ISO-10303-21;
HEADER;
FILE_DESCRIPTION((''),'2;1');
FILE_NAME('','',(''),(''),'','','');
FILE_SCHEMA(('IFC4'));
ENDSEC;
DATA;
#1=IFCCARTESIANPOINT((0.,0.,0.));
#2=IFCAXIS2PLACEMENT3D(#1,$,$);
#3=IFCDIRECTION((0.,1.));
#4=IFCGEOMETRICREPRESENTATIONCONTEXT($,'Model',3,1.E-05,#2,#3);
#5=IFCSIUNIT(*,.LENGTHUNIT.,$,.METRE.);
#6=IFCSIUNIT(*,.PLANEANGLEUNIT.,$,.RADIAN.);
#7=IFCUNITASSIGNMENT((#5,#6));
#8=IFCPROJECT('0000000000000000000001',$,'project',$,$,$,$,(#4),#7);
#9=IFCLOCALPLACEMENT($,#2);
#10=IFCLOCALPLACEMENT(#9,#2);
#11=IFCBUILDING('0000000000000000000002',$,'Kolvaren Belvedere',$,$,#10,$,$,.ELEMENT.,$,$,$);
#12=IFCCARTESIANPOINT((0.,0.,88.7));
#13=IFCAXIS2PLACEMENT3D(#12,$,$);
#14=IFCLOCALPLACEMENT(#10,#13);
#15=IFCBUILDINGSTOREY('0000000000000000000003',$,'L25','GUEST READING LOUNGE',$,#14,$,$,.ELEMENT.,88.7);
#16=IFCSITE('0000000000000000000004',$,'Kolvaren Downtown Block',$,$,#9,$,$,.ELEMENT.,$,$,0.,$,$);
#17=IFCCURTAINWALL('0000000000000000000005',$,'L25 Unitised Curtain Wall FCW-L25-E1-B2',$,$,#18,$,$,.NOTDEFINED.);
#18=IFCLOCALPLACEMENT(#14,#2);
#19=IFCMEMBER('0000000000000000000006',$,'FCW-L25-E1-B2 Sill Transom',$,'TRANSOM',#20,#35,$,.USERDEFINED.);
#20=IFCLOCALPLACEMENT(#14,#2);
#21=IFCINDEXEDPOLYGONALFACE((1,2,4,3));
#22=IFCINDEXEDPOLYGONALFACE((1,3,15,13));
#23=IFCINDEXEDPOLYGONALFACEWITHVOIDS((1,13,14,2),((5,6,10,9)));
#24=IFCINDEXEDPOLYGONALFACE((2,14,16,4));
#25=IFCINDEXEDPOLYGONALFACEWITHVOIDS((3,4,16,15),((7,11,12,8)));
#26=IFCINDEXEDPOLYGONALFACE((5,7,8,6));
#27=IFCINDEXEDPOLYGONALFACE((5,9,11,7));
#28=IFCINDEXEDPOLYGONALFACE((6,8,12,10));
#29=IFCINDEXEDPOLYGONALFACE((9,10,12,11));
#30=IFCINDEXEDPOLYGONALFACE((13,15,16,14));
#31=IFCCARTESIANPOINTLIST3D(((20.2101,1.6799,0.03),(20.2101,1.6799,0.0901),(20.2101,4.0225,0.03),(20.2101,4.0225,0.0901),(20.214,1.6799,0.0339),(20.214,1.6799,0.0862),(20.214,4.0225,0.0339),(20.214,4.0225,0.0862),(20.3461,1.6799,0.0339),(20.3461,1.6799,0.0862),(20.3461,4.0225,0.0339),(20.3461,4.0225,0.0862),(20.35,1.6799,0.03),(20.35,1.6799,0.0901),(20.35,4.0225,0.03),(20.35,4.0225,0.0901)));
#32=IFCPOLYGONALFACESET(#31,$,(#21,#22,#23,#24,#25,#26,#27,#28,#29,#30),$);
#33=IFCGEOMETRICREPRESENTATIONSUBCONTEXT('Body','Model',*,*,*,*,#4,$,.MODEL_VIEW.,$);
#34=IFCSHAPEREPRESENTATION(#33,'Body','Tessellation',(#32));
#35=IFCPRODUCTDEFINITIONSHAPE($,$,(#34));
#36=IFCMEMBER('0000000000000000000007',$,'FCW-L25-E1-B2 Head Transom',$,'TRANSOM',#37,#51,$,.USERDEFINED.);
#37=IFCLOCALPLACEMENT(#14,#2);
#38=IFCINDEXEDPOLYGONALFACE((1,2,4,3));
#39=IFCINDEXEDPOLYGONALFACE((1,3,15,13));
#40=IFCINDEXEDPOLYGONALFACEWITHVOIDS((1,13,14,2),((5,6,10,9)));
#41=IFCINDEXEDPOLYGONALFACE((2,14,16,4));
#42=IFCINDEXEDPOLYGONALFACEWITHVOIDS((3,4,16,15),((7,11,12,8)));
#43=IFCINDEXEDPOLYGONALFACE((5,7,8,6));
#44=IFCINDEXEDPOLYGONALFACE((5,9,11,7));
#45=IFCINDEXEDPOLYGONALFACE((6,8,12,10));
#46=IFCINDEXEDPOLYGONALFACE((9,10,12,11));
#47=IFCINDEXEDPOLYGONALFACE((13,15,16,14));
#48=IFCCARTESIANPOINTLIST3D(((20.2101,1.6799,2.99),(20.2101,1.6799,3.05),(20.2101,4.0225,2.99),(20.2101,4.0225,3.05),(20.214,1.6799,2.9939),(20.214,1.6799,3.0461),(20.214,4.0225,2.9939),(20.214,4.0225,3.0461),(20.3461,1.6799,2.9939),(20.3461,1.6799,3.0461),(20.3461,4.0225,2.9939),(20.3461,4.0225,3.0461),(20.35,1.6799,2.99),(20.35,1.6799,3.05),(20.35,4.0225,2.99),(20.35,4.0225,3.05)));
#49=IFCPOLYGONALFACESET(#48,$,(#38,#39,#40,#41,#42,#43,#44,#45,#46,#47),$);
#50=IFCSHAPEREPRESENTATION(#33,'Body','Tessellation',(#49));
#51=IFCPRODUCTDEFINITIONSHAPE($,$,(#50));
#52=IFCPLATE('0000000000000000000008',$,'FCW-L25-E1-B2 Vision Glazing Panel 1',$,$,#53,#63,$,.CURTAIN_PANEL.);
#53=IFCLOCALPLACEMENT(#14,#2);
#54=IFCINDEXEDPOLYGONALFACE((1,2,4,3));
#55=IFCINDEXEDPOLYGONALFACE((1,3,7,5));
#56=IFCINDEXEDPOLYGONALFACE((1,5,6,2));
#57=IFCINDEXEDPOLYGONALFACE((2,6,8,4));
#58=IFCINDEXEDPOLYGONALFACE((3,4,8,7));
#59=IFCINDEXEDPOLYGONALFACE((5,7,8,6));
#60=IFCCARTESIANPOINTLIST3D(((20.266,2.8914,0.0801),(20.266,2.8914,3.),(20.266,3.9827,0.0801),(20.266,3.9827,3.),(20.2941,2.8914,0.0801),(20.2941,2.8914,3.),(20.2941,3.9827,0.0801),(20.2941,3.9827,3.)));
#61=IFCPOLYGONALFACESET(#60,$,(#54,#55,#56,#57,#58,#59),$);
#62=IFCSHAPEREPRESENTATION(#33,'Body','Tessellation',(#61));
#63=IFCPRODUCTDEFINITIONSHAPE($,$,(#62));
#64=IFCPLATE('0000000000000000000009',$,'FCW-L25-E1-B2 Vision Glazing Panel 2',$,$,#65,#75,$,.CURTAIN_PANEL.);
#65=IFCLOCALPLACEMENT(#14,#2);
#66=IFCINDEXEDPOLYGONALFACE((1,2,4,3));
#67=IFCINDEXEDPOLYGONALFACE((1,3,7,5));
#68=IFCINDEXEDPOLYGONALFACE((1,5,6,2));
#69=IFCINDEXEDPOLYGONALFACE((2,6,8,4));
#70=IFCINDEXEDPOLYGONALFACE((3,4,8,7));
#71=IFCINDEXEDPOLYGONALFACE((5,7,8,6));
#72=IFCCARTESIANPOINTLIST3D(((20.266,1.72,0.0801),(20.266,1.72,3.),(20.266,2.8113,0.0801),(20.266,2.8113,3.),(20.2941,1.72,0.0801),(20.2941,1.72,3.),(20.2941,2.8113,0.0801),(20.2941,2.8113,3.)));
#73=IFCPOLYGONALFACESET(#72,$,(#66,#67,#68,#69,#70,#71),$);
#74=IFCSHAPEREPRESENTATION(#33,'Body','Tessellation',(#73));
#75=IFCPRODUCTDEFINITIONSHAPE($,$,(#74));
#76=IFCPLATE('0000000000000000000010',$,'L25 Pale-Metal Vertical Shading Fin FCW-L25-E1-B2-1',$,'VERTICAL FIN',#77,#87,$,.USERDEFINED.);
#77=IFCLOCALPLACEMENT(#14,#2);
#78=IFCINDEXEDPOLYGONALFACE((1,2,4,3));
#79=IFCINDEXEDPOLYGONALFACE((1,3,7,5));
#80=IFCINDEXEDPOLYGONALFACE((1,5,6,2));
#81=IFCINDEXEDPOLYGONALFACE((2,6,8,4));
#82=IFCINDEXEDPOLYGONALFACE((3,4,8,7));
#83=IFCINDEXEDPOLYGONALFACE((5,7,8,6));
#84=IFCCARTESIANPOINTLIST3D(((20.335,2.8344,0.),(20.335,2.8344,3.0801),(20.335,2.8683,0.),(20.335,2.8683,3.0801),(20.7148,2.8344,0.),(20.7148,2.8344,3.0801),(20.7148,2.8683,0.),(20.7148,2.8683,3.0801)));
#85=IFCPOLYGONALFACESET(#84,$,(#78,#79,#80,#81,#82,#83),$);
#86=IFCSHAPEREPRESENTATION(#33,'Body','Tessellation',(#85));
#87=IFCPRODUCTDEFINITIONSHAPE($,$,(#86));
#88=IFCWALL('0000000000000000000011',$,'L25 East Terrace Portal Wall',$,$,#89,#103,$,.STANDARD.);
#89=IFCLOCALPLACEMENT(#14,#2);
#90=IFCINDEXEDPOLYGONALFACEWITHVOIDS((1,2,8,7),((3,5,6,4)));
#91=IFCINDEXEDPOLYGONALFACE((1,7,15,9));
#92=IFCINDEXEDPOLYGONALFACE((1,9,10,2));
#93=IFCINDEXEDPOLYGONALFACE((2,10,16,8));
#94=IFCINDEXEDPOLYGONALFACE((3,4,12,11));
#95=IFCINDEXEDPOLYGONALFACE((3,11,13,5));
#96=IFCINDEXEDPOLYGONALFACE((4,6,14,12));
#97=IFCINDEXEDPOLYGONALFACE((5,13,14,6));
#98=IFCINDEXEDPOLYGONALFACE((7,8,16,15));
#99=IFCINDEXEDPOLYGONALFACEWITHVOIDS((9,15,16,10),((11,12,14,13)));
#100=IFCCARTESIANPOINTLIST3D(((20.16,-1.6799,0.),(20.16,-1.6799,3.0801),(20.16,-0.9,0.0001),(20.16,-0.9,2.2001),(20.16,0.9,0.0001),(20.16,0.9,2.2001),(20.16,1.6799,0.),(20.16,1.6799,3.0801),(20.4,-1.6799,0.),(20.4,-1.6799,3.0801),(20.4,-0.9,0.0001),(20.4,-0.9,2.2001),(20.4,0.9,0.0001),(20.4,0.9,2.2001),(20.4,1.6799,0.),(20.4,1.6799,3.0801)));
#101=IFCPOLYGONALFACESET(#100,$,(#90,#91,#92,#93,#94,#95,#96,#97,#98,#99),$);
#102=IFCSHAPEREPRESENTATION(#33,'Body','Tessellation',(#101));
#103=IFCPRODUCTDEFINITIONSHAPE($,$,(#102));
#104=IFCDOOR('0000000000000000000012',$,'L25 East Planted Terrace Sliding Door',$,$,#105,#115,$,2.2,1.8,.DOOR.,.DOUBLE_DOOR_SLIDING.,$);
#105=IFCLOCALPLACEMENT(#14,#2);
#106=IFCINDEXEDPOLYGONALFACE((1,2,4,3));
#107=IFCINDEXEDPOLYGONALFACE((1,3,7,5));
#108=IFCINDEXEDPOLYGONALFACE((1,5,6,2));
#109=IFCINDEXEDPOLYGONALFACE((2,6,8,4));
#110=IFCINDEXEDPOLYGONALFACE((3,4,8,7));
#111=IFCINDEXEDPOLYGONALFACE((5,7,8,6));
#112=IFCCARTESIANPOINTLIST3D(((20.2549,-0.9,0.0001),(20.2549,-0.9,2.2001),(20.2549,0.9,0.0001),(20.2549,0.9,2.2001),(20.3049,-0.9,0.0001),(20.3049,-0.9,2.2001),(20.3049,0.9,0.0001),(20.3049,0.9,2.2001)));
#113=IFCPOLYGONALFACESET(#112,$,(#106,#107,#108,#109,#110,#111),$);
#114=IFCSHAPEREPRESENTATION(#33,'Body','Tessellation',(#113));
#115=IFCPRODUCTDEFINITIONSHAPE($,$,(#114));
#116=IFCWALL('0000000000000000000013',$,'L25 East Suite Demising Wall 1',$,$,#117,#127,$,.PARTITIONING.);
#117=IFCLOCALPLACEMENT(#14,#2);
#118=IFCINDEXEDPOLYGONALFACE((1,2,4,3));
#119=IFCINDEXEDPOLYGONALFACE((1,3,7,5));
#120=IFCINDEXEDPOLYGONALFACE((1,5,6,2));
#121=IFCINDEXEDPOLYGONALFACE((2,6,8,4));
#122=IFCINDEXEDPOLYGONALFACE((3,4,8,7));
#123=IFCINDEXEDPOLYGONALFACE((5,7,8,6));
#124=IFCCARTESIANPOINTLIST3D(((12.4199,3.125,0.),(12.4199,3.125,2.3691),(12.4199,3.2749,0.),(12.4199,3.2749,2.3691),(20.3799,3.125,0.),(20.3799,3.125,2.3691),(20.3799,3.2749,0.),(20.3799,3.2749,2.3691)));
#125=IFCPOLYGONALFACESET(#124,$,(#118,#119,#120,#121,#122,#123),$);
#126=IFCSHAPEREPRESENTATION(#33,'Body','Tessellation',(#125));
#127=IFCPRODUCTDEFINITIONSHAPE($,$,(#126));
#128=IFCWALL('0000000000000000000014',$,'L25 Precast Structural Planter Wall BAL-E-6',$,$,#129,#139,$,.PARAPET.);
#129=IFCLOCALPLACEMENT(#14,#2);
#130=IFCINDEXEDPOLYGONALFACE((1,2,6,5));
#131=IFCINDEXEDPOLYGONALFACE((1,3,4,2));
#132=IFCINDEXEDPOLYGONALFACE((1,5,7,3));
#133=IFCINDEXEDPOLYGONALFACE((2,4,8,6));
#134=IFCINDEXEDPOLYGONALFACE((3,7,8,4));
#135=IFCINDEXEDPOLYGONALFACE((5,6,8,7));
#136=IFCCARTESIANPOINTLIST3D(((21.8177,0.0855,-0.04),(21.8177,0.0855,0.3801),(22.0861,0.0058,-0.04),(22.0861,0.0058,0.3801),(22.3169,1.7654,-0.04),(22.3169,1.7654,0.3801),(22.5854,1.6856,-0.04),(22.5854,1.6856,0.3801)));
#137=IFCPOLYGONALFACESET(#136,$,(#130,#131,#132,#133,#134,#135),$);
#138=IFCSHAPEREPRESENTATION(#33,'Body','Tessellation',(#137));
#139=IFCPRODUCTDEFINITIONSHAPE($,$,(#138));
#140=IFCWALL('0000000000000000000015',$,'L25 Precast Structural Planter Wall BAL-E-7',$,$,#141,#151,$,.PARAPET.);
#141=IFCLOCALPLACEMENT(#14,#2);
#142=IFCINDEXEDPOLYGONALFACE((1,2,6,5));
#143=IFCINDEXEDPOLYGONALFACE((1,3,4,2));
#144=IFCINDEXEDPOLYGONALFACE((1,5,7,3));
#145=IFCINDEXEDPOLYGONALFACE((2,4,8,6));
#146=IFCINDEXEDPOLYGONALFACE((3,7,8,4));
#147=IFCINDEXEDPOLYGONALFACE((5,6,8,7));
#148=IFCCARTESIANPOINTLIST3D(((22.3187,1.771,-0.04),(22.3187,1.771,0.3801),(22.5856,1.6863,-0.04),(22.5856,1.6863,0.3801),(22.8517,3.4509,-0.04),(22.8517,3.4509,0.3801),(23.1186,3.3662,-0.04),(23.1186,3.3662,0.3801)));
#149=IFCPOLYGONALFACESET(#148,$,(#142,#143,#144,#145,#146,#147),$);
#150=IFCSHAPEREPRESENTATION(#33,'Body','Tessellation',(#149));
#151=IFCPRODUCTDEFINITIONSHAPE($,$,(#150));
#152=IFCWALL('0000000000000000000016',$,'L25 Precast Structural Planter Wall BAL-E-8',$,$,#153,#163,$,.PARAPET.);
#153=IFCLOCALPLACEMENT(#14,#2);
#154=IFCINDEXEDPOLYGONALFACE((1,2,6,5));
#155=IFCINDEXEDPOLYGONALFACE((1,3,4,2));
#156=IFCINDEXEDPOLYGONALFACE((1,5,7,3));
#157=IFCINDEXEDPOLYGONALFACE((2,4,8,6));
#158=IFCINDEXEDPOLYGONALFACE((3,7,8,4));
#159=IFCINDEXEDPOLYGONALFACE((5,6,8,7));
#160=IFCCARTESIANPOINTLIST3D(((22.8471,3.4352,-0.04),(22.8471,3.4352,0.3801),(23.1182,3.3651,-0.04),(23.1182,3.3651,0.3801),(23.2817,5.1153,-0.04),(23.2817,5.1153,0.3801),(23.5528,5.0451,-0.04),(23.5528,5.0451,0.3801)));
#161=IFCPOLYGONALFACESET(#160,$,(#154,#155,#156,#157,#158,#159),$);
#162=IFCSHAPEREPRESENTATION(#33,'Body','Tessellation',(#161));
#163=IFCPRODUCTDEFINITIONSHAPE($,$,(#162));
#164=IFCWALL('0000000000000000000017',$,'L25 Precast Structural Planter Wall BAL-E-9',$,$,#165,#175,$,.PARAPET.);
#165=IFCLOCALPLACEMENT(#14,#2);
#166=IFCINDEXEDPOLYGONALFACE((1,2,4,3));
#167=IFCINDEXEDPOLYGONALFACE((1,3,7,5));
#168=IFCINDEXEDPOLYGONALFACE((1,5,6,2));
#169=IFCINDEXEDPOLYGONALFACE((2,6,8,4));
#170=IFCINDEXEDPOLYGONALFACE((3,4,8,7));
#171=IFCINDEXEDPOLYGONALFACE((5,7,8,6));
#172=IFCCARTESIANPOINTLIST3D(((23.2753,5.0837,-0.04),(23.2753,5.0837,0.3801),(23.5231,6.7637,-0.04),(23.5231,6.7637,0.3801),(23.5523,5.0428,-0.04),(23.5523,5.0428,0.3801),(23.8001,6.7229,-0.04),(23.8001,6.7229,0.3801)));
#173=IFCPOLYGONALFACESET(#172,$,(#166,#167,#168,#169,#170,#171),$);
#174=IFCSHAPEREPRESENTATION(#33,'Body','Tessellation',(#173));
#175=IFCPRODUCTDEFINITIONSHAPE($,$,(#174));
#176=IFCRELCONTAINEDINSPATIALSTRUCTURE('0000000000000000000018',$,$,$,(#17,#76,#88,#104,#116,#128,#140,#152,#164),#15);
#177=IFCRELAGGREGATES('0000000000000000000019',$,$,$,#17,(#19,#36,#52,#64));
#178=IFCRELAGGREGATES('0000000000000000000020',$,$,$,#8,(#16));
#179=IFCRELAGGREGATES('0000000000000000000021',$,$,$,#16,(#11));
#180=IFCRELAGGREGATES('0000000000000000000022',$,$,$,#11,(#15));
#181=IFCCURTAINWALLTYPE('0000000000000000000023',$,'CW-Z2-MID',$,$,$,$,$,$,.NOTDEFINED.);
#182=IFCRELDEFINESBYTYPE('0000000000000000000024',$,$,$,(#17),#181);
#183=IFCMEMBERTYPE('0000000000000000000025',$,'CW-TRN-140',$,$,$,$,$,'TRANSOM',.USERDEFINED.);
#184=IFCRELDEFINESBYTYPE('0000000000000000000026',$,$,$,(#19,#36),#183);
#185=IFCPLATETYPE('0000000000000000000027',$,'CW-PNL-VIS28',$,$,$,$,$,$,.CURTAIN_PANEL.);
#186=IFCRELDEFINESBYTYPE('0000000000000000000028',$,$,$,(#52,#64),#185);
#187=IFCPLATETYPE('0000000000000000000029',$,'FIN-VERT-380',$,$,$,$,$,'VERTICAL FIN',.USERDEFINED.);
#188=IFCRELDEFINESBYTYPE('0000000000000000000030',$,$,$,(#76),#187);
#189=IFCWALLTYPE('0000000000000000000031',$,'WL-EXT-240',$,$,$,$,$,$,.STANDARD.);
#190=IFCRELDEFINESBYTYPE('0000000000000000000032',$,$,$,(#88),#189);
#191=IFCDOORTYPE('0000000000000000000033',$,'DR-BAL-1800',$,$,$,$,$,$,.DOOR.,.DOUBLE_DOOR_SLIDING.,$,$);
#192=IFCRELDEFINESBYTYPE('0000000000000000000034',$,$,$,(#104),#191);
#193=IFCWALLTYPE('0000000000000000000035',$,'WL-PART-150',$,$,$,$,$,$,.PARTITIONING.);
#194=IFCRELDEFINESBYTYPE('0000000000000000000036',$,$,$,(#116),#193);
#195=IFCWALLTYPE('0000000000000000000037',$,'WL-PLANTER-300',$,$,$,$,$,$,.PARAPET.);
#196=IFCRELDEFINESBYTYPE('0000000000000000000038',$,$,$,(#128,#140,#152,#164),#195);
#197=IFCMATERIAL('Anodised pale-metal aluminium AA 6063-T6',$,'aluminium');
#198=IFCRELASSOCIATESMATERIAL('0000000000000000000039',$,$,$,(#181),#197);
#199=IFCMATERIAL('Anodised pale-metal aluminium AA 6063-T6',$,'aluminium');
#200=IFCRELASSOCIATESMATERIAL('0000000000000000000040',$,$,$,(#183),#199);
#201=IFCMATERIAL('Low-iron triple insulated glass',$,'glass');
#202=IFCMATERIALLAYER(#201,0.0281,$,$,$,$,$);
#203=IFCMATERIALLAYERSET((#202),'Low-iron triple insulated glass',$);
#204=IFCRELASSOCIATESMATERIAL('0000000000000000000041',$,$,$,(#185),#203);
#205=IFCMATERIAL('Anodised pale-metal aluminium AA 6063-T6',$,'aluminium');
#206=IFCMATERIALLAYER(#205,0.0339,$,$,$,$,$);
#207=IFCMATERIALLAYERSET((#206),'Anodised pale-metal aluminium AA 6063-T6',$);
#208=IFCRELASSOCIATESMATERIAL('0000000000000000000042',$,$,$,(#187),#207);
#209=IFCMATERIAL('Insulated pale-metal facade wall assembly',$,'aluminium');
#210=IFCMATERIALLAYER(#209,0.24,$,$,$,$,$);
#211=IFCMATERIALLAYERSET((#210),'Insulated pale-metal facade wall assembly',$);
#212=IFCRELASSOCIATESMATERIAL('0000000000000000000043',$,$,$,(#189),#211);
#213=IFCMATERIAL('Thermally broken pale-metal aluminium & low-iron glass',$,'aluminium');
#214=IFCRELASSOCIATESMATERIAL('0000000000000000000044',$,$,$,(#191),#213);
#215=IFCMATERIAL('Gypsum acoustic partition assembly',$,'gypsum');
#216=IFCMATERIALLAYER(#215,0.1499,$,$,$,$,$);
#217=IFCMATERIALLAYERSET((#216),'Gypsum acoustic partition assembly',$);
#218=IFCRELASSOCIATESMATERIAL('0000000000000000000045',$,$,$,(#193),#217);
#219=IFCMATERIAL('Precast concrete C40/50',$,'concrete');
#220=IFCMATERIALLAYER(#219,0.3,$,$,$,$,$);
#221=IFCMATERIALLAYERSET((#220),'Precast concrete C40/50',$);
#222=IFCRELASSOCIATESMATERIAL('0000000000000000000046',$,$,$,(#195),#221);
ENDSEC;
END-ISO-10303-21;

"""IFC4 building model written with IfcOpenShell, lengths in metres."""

from ifc_helpers import new_model, si_unit, direction, frame, frame_2d, origin, origin_2d, place, context, subcontext, project, spatial, rectangle, hollow_rectangle, extrude, material, layer, layer_set, material_profile, profile_set, type_object, element, fill, aggregate, save


model = new_model("IFC4")

# Units and contexts
model_context = context("Model", 3, precision=1e-05, world=origin(), true_north=direction((0.0, 1.0)))
body_context = subcontext(model_context, "Body", "Model", "MODEL_VIEW")
ifc_project = project(units=[si_unit("LENGTHUNIT", "METRE"), si_unit("PLANEANGLEUNIT", "RADIAN")], contexts=[model_context])

# Site, building, storey
site_placement = place(None, origin())
site = spatial("IfcSite", under=ifc_project, at=site_placement, Name="Kolvaren Downtown Block", CompositionType="ELEMENT", RefElevation=0.0)
building_placement = place(site_placement, origin())
building = spatial("IfcBuilding", under=site, at=building_placement, Name="Kolvaren Belvedere", CompositionType="ELEMENT")
storey_placement = place(building_placement, frame((0.0, 0.0, 88.7)))
storey = spatial("IfcBuildingStorey", under=building, at=storey_placement, Name="L25", Description="GUEST READING LOUNGE", CompositionType="ELEMENT", Elevation=88.7)

# Shared definitions
ifc_material_1 = material(Name="Anodised pale-metal aluminium AA 6063-T6", Category="aluminium")
curtain_wall_type = type_object("IfcCurtainWallType", Name="CW-Z2-MID", PredefinedType="NOTDEFINED", material=ifc_material_1)

# Curtain wall, members, plates
curtain_wall_1_placement = place(storey_placement, origin())
curtain_wall_1 = element("IfcCurtainWall", 1, at=curtain_wall_1_placement, inside=storey, type_object=curtain_wall_type, Name="L25 Unitised Curtain Wall FCW-L25-E1-B2", PredefinedType="NOTDEFINED")
ifc_material_2 = material(Name="Anodised pale-metal aluminium AA 6063-T6", Category="aluminium")
ifc_material_profile_1 = material_profile(ifc_material_2, hollow_rectangle(XDim=0.0601, YDim=0.1399, WallThickness=0.0039, at=origin_2d()), Name="ALU-TRN-140X60")
ifc_profile_set_1 = profile_set([ifc_material_profile_1], Name="Anodised pale-metal aluminium AA 6063-T6")
member_type_1 = type_object("IfcMemberType", Name="CW-TRN-140", ElementType="TRANSOM", PredefinedType="USERDEFINED", material=ifc_profile_set_1)
member_1_placement = place(storey_placement, frame((20.28, 4.0225, 0.0601), z_axis=(0.0, -1.0, 0.0), x_axis=(0.0, 0.0, 1.0)))
member_1 = element("IfcMember", 2, at=member_1_placement, type_object=member_type_1, Name="FCW-L25-E1-B2 Sill Transom", ObjectType="TRANSOM", PredefinedType="USERDEFINED", context=body_context, shape_type="SweptSolid", body=[
    extrude(hollow_rectangle(XDim=0.0601, YDim=0.1399, WallThickness=0.0039, at=origin_2d()), origin(), (0.0, 0.0, 1.0), 2.3425),
])
member_2_placement = place(storey_placement, frame((20.28, 4.0225, 3.02), z_axis=(0.0, -1.0, 0.0), x_axis=(0.0, 0.0, 1.0)))
member_2 = element("IfcMember", 3, at=member_2_placement, type_object=member_type_1, Name="FCW-L25-E1-B2 Head Transom", ObjectType="TRANSOM", PredefinedType="USERDEFINED", context=body_context, shape_type="SweptSolid", body=[
    extrude(hollow_rectangle(XDim=0.0601, YDim=0.1399, WallThickness=0.0039, at=origin_2d()), origin(), (0.0, 0.0, 1.0), 2.3425),
])
ifc_material_3 = material(Name="Low-iron triple insulated glass", Category="glass")
ifc_layer_1 = layer(ifc_material_3, 0.0281)
ifc_layer_set_1 = layer_set([ifc_layer_1], Name="Low-iron triple insulated glass")
plate_type_1 = type_object("IfcPlateType", Name="CW-PNL-VIS28", PredefinedType="CURTAIN_PANEL", material=ifc_layer_set_1)
plate_1_placement = place(storey_placement, frame((20.28, 3.437, 0.0801), z_axis=(0.0, 0.0, 1.0), x_axis=(0.0, -1.0, 0.0)))
plate_1 = element("IfcPlate", 4, at=plate_1_placement, type_object=plate_type_1, Name="FCW-L25-E1-B2 Vision Glazing Panel 1", PredefinedType="CURTAIN_PANEL", context=body_context, shape_type="SweptSolid", body=[
    extrude(rectangle(XDim=1.0913, YDim=0.0281, at=origin_2d()), origin(), (0.0, 0.0, 1.0), 2.9199),
])
plate_2_placement = place(storey_placement, frame((20.28, 2.2656, 0.0801), z_axis=(0.0, 0.0, 1.0), x_axis=(0.0, -1.0, 0.0)))
plate_2 = element("IfcPlate", 5, at=plate_2_placement, type_object=plate_type_1, Name="FCW-L25-E1-B2 Vision Glazing Panel 2", PredefinedType="CURTAIN_PANEL", context=body_context, shape_type="SweptSolid", body=[
    extrude(rectangle(XDim=1.0913, YDim=0.0281, at=origin_2d()), origin(), (0.0, 0.0, 1.0), 2.9199),
])
aggregate(curtain_wall_1, [member_1, member_2, plate_1, plate_2])

# Plate
ifc_material_4 = material(Name="Anodised pale-metal aluminium AA 6063-T6", Category="aluminium")
ifc_layer_2 = layer(ifc_material_4, 0.0339)
ifc_layer_set_2 = layer_set([ifc_layer_2], Name="Anodised pale-metal aluminium AA 6063-T6")
plate_type_2 = type_object("IfcPlateType", Name="FIN-VERT-380", ElementType="VERTICAL FIN", PredefinedType="USERDEFINED", material=ifc_layer_set_2)
plate_3_placement = place(storey_placement, frame((20.5249, 2.8513, 0.0), z_axis=(0.0, 0.0, 1.0), x_axis=(1.0, 0.0, 0.0)))
element("IfcPlate", 6, at=plate_3_placement, inside=storey, type_object=plate_type_2, Name="L25 Pale-Metal Vertical Shading Fin FCW-L25-E1-B2-1", ObjectType="VERTICAL FIN", PredefinedType="USERDEFINED", context=body_context, shape_type="SweptSolid", body=[
    extrude(rectangle(XDim=0.3799, YDim=0.0339, at=origin_2d()), origin(), (0.0, 0.0, 1.0), 3.0801),
])

# Wall, opening, door
ifc_material_5 = material(Name="Insulated pale-metal facade wall assembly", Category="aluminium")
ifc_layer_3 = layer(ifc_material_5, 0.24)
ifc_layer_set_3 = layer_set([ifc_layer_3], Name="Insulated pale-metal facade wall assembly")
wall_type_1 = type_object("IfcWallType", Name="WL-EXT-240", PredefinedType="STANDARD", material=ifc_layer_set_3)
wall_1_placement = place(storey_placement, frame((20.28, 1.6799, 0.0), z_axis=(0.0, 0.0, 1.0), x_axis=(0.0, -1.0, 0.0)))
wall_1 = element("IfcWall", 7, at=wall_1_placement, inside=storey, type_object=wall_type_1, Name="L25 East Terrace Portal Wall", PredefinedType="STANDARD", context=body_context, shape_type="SweptSolid", body=[
    extrude(rectangle(XDim=3.3599, YDim=0.24, at=frame_2d((1.6799, 0.0))), origin(), (0.0, 0.0, 1.0), 3.0801),
])
opening_placement = place(wall_1_placement, frame((0.78, 0.0, 0.0)))
opening = element("IfcOpeningElement", 8, at=opening_placement, cuts=wall_1, PredefinedType="OPENING", context=body_context, shape_type="SweptSolid", body=[
    extrude(rectangle(XDim=1.8, YDim=2.2, at=frame_2d((0.8999, 1.1001))), frame((0.0, 0.1299, 0.0), z_axis=(0.0, -1.0, 0.0), x_axis=(1.0, 0.0, 0.0)), (0.0, 0.0, 1.0), 0.26),
])
ifc_material_6 = material(Name="Thermally broken pale-metal aluminium & low-iron glass", Category="aluminium")
door_type = type_object("IfcDoorType", Name="DR-BAL-1800", OperationType="DOUBLE_DOOR_SLIDING", PredefinedType="DOOR", material=ifc_material_6)
door_placement = place(opening_placement, origin())
door = element("IfcDoor", 9, at=door_placement, inside=storey, type_object=door_type, Name="L25 East Planted Terrace Sliding Door", OperationType="DOUBLE_DOOR_SLIDING", OverallHeight=2.2, OverallWidth=1.8, PredefinedType="DOOR", context=body_context, shape_type="SweptSolid", body=[
    extrude(rectangle(XDim=1.8, YDim=2.2, at=frame_2d((0.8999, 1.1001))), frame((0.0, 0.0249, 0.0), z_axis=(0.0, -1.0, 0.0), x_axis=(1.0, 0.0, 0.0)), (0.0, 0.0, 1.0), 0.05),
])
fill(opening, door)

# Walls
ifc_material_7 = material(Name="Gypsum acoustic partition assembly", Category="gypsum")
ifc_layer_4 = layer(ifc_material_7, 0.1499)
ifc_layer_set_4 = layer_set([ifc_layer_4], Name="Gypsum acoustic partition assembly")
wall_type_2 = type_object("IfcWallType", Name="WL-PART-150", PredefinedType="PARTITIONING", material=ifc_layer_set_4)
wall_2_placement = place(storey_placement, frame((12.4199, 3.2, 0.0), z_axis=(0.0, 0.0, 1.0), x_axis=(1.0, 0.0, 0.0)))
element("IfcWall", 10, at=wall_2_placement, inside=storey, type_object=wall_type_2, Name="L25 East Suite Demising Wall 1", PredefinedType="PARTITIONING", context=body_context, shape_type="SweptSolid", body=[
    extrude(rectangle(XDim=7.96, YDim=0.1499, at=frame_2d((3.98, 0.0))), origin(), (0.0, 0.0, 1.0), 2.3691),
])
ifc_material_8 = material(Name="Precast concrete C40/50", Category="concrete")
ifc_layer_5 = layer(ifc_material_8, 0.3)
ifc_layer_set_5 = layer_set([ifc_layer_5], Name="Precast concrete C40/50")
wall_type_3 = type_object("IfcWallType", Name="WL-PLANTER-300", PredefinedType="PARAPET", material=ifc_layer_set_5)
wall_3_placement = place(storey_placement, frame((21.9519, 0.0457, -0.04), z_axis=(0.0, 0.0, 1.0), x_axis=(0.28488, 0.958563, 0.0)))
element("IfcWall", 11, at=wall_3_placement, inside=storey, type_object=wall_type_3, Name="L25 Precast Structural Planter Wall BAL-E-6", PredefinedType="PARAPET", context=body_context, shape_type="SweptSolid", body=[
    extrude(rectangle(XDim=1.7524, YDim=0.28, at=frame_2d((0.8762, 0.0))), origin(), (0.0, 0.0, 1.0), 0.4202),
])
wall_4_placement = place(storey_placement, frame((22.4521, 1.7285, -0.04), z_axis=(0.0, 0.0, 1.0), x_axis=(0.302397, 0.953182, 0.0)))
element("IfcWall", 12, at=wall_4_placement, inside=storey, type_object=wall_type_3, Name="L25 Precast Structural Planter Wall BAL-E-7", PredefinedType="PARAPET", context=body_context, shape_type="SweptSolid", body=[
    extrude(rectangle(XDim=1.7625, YDim=0.28, at=frame_2d((0.8813, 0.0))), origin(), (0.0, 0.0, 1.0), 0.4202),
])
wall_5_placement = place(storey_placement, frame((22.9827, 3.4001, -0.04), z_axis=(0.0, 0.0, 1.0), x_axis=(0.25044, 0.968132, 0.0)))
element("IfcWall", 13, at=wall_5_placement, inside=storey, type_object=wall_type_3, Name="L25 Precast Structural Planter Wall BAL-E-8", PredefinedType="PARAPET", context=body_context, shape_type="SweptSolid", body=[
    extrude(rectangle(XDim=1.7354, YDim=0.28, at=frame_2d((0.8677, 0.0))), origin(), (0.0, 0.0, 1.0), 0.4202),
])
wall_6_placement = place(storey_placement, frame((23.4138, 5.0632, -0.04), z_axis=(0.0, 0.0, 1.0), x_axis=(0.145908, 0.989298, 0.0)))
element("IfcWall", 14, at=wall_6_placement, inside=storey, type_object=wall_type_3, Name="L25 Precast Structural Planter Wall BAL-E-9", PredefinedType="PARAPET", context=body_context, shape_type="SweptSolid", body=[
    extrude(rectangle(XDim=1.6982, YDim=0.28, at=frame_2d((0.8491, 0.0))), origin(), (0.0, 0.0, 1.0), 0.4202),
])

save(model, "model.ifc")
